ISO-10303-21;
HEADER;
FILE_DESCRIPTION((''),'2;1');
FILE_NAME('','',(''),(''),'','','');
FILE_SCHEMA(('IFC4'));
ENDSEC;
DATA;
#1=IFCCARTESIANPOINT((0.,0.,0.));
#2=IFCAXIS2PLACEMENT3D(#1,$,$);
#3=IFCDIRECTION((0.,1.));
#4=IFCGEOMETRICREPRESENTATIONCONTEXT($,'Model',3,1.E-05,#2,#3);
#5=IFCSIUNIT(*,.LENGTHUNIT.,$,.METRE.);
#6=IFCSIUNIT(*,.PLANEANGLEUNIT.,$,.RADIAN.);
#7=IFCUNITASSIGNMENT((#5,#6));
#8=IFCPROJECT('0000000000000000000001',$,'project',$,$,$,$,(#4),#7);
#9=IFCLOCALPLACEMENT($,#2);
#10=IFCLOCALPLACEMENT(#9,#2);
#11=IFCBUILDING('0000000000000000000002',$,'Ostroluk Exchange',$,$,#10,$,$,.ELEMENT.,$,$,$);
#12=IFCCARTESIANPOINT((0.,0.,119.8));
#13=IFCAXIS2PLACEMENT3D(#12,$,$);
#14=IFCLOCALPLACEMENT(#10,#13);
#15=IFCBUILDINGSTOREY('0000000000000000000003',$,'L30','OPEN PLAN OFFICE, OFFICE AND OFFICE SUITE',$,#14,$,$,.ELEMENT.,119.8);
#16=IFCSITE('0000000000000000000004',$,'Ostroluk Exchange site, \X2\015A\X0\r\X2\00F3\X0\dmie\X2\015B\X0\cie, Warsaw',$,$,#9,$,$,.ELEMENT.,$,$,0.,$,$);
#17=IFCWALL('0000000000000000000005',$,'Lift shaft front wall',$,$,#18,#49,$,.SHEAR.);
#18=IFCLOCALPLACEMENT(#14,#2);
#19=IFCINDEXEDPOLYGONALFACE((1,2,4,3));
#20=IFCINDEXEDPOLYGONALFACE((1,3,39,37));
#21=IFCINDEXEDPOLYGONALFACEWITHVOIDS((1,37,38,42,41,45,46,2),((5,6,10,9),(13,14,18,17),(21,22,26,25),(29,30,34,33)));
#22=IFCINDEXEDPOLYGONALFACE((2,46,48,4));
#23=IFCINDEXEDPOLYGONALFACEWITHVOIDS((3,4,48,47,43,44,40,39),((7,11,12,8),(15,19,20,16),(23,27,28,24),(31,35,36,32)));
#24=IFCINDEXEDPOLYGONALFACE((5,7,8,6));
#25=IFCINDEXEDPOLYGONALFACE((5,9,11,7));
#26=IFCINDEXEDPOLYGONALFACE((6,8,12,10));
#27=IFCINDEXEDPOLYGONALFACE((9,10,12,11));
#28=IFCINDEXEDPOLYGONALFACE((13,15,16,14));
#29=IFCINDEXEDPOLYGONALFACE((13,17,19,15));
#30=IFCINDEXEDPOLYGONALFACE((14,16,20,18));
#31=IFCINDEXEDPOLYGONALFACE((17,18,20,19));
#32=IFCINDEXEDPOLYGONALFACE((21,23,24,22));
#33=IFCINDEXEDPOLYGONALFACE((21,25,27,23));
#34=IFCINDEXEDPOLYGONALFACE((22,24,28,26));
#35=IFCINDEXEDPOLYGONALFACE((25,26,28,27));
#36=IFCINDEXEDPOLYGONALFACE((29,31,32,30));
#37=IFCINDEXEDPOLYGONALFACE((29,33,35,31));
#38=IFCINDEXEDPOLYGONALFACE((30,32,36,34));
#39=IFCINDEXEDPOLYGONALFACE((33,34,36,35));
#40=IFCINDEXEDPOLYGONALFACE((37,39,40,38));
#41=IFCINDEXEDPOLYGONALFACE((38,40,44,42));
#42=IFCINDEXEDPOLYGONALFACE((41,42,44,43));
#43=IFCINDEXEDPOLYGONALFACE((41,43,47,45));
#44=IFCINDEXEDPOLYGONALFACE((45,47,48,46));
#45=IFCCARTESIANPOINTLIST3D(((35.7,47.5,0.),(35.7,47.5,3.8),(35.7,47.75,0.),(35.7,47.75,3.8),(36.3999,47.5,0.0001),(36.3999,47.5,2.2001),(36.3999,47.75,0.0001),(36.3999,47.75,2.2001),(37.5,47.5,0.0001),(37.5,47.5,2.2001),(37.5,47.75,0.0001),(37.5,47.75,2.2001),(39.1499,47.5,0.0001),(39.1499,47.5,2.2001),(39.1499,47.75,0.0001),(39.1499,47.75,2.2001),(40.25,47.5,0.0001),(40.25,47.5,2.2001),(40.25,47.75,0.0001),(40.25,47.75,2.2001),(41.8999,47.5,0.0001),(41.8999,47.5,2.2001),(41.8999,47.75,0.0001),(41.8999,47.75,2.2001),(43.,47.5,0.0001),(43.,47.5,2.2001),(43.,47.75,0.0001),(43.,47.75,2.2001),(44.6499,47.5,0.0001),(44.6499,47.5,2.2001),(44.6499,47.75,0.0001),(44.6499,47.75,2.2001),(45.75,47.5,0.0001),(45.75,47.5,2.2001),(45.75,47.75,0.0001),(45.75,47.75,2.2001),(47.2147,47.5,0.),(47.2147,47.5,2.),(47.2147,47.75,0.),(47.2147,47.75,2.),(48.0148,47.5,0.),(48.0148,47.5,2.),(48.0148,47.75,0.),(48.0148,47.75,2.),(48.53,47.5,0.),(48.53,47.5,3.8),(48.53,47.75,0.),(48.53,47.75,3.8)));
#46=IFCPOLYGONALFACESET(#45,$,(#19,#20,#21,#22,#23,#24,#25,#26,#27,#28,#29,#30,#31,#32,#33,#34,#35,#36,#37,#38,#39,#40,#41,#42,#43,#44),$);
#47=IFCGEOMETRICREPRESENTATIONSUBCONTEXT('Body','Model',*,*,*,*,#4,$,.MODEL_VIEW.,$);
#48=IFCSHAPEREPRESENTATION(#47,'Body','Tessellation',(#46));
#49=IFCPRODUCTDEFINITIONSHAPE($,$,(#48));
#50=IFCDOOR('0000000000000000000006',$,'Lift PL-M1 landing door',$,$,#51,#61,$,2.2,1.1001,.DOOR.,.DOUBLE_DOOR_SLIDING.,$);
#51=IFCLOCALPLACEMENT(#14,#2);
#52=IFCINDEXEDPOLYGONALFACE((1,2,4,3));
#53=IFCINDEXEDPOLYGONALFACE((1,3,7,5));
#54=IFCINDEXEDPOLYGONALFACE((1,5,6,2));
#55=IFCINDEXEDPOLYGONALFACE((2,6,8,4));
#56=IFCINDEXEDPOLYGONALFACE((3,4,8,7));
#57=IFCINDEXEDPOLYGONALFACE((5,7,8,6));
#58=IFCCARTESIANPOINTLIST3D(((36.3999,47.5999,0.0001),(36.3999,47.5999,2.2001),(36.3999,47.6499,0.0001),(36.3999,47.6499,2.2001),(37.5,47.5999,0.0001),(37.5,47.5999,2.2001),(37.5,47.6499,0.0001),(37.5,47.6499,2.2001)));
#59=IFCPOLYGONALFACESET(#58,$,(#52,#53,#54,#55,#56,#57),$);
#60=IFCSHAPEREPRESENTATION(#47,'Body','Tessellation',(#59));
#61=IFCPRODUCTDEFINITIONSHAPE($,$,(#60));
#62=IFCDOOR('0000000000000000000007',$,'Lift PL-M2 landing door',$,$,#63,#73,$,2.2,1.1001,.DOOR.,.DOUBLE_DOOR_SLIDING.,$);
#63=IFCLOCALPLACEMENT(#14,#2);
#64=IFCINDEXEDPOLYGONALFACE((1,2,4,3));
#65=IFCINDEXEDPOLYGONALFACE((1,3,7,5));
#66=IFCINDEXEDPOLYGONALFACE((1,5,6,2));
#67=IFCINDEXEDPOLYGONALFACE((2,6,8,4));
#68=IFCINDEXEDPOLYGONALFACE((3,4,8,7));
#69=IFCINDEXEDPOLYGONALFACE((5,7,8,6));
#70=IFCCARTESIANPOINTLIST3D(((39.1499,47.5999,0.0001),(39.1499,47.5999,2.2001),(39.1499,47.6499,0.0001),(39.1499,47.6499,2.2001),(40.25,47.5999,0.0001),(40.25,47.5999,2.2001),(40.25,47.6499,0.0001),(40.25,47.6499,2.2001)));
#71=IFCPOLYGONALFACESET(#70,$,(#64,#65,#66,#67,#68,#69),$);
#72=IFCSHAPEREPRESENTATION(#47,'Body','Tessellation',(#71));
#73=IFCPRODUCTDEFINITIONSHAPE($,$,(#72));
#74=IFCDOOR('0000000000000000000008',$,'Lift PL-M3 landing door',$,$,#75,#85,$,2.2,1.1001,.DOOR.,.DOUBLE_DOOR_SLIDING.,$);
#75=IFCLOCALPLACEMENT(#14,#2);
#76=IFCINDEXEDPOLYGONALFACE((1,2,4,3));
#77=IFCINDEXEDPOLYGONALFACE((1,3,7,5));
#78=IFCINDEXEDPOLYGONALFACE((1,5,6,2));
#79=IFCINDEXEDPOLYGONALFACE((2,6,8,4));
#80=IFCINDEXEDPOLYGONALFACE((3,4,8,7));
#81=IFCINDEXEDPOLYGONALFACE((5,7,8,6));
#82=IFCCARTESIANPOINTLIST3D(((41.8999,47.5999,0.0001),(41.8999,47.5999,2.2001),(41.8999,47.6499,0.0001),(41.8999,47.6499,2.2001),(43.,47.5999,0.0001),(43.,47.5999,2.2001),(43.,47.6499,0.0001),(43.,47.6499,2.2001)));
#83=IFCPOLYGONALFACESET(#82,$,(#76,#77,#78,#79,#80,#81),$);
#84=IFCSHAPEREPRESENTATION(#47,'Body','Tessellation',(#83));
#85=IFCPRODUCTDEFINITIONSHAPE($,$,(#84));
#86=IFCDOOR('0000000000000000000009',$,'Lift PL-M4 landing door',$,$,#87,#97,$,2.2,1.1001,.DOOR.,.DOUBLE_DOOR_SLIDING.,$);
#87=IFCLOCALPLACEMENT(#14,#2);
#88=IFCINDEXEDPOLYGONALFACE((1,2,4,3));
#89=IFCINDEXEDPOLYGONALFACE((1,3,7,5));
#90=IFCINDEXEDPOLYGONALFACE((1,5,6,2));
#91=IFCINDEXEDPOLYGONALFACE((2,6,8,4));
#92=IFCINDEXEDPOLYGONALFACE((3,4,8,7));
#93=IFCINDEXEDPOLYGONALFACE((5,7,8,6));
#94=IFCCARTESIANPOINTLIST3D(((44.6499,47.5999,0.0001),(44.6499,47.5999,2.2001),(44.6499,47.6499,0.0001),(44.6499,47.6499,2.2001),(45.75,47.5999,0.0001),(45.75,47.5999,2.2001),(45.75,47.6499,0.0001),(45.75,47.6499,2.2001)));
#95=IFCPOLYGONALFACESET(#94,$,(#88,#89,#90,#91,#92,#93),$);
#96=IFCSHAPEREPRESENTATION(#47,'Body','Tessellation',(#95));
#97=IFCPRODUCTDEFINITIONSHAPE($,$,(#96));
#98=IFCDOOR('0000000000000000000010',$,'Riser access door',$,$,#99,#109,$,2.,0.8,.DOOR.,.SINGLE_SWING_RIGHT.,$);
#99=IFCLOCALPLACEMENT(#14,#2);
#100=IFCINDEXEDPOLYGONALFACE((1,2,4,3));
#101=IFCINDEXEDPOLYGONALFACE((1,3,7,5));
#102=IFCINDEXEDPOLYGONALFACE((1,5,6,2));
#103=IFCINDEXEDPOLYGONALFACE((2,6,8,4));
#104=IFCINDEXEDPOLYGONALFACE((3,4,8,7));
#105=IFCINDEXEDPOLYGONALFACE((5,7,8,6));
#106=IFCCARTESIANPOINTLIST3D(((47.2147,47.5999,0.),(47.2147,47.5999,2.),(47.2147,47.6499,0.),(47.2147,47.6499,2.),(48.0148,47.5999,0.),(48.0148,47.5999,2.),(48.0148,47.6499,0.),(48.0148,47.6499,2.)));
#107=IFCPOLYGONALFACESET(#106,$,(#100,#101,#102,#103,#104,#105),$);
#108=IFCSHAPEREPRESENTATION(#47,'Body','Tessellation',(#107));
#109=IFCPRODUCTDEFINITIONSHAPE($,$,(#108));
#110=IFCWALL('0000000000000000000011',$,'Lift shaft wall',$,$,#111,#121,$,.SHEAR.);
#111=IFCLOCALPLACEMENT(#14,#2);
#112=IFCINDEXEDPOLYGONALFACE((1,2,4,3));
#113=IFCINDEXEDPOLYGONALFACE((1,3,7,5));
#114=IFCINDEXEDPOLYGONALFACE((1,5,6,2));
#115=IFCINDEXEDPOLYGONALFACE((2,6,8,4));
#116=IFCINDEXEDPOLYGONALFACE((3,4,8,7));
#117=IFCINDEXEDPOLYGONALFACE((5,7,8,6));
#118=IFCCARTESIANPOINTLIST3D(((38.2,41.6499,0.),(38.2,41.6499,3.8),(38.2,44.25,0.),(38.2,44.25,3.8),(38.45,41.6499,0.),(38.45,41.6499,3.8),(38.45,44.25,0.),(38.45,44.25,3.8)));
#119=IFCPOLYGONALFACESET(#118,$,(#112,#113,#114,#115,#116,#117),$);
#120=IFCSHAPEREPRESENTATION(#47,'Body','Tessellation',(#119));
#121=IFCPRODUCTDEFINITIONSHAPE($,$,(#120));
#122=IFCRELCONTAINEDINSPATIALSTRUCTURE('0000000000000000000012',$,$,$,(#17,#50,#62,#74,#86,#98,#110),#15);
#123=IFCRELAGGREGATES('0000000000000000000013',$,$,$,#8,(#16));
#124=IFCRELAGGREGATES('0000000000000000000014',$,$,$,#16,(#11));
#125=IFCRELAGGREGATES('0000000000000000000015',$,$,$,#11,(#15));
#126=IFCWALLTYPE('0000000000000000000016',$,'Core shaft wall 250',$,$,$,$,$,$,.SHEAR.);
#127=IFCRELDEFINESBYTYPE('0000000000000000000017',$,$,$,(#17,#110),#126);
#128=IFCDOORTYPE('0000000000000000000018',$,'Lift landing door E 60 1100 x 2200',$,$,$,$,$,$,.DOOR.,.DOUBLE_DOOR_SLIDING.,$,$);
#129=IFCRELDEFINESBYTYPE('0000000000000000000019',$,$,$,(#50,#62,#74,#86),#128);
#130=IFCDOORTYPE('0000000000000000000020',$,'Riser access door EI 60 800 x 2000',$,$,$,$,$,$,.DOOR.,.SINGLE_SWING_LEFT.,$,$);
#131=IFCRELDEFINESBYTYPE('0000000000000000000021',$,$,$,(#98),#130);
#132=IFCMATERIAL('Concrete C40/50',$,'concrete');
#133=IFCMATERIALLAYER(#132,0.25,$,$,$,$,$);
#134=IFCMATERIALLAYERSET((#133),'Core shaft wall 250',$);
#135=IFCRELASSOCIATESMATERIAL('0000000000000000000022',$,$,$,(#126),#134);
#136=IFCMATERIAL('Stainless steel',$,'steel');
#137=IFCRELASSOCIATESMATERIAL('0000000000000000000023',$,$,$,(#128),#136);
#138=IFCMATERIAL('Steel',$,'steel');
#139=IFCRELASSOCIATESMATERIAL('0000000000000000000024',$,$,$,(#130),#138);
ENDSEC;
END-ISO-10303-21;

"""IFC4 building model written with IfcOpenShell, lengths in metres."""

from ifc_helpers import new_model, si_unit, direction, frame, frame_2d, origin, place, context, subcontext, project, spatial, rectangle, extrude, material, layer, layer_set, type_object, element, fill, save


model = new_model("IFC4")

# Units and contexts
model_context = context("Model", 3, precision=1e-05, world=origin(), true_north=direction((0.0, 1.0)))
body_context = subcontext(model_context, "Body", "Model", "MODEL_VIEW")
ifc_project = project(units=[si_unit("LENGTHUNIT", "METRE"), si_unit("PLANEANGLEUNIT", "RADIAN")], contexts=[model_context])

# Site, building, storey
site_placement = place(None, origin())
site = spatial("IfcSite", under=ifc_project, at=site_placement, Name="Ostroluk Exchange site, Śródmieście, Warsaw", CompositionType="ELEMENT", RefElevation=0.0)
building_placement = place(site_placement, origin())
building = spatial("IfcBuilding", under=site, at=building_placement, Name="Ostroluk Exchange", CompositionType="ELEMENT")
storey_placement = place(building_placement, frame((0.0, 0.0, 119.8)))
storey = spatial("IfcBuildingStorey", under=building, at=storey_placement, Name="L30", Description="OPEN PLAN OFFICE, OFFICE AND OFFICE SUITE", CompositionType="ELEMENT", Elevation=119.8)

# Shared definitions
ifc_material_1 = material(Name="Concrete C40/50", Category="concrete")
ifc_layer = layer(ifc_material_1, 0.25)
ifc_layer_set = layer_set([ifc_layer], Name="Core shaft wall 250")
wall_type = type_object("IfcWallType", Name="Core shaft wall 250", PredefinedType="SHEAR", material=ifc_layer_set)

# Wall, openings, doors
wall_1_placement = place(storey_placement, frame((35.7, 47.625, 0.0), z_axis=(0.0, 0.0, 1.0), x_axis=(1.0, 0.0, 0.0)))
wall_1 = element("IfcWall", 1, at=wall_1_placement, inside=storey, type_object=wall_type, Name="Lift shaft front wall", PredefinedType="SHEAR", context=body_context, shape_type="SweptSolid", body=[
    extrude(rectangle(XDim=12.8301, YDim=0.25, at=frame_2d((6.415, 0.0))), origin(), (0.0, 0.0, 1.0), 3.8),
])
opening_1_placement = place(wall_1_placement, frame((0.7, 0.0, 0.0)))
opening_1 = element("IfcOpeningElement", 2, at=opening_1_placement, cuts=wall_1, PredefinedType="OPENING", context=body_context, shape_type="SweptSolid", body=[
    extrude(rectangle(XDim=1.1001, YDim=2.2, at=frame_2d((0.55, 1.1001))), frame((0.0, 0.135, 0.0), z_axis=(0.0, -1.0, 0.0), x_axis=(1.0, 0.0, 0.0)), (0.0, 0.0, 1.0), 0.27),
])
opening_2_placement = place(wall_1_placement, frame((3.45, 0.0, 0.0)))
opening_2 = element("IfcOpeningElement", 3, at=opening_2_placement, cuts=wall_1, PredefinedType="OPENING", context=body_context, shape_type="SweptSolid", body=[
    extrude(rectangle(XDim=1.1001, YDim=2.2, at=frame_2d((0.55, 1.1001))), frame((0.0, 0.135, 0.0), z_axis=(0.0, -1.0, 0.0), x_axis=(1.0, 0.0, 0.0)), (0.0, 0.0, 1.0), 0.27),
])
opening_3_placement = place(wall_1_placement, frame((6.2, 0.0, 0.0)))
opening_3 = element("IfcOpeningElement", 4, at=opening_3_placement, cuts=wall_1, PredefinedType="OPENING", context=body_context, shape_type="SweptSolid", body=[
    extrude(rectangle(XDim=1.1001, YDim=2.2, at=frame_2d((0.55, 1.1001))), frame((0.0, 0.135, 0.0), z_axis=(0.0, -1.0, 0.0), x_axis=(1.0, 0.0, 0.0)), (0.0, 0.0, 1.0), 0.27),
])
opening_4_placement = place(wall_1_placement, frame((8.95, 0.0, 0.0)))
opening_4 = element("IfcOpeningElement", 5, at=opening_4_placement, cuts=wall_1, PredefinedType="OPENING", context=body_context, shape_type="SweptSolid", body=[
    extrude(rectangle(XDim=1.1001, YDim=2.2, at=frame_2d((0.55, 1.1001))), frame((0.0, 0.135, 0.0), z_axis=(0.0, -1.0, 0.0), x_axis=(1.0, 0.0, 0.0)), (0.0, 0.0, 1.0), 0.27),
])
opening_5_placement = place(wall_1_placement, frame((11.5149, 0.0, 0.0)))
opening_5 = element("IfcOpeningElement", 6, at=opening_5_placement, cuts=wall_1, PredefinedType="OPENING", context=body_context, shape_type="SweptSolid", body=[
    extrude(rectangle(XDim=0.8, YDim=2.0, at=frame_2d((0.3999, 1.0))), frame((0.0, 0.135, 0.0), z_axis=(0.0, -1.0, 0.0), x_axis=(1.0, 0.0, 0.0)), (0.0, 0.0, 1.0), 0.27),
])
ifc_material_2 = material(Name="Stainless steel", Category="steel")
door_type_1 = type_object("IfcDoorType", Name="Lift landing door E 60 1100 x 2200", OperationType="DOUBLE_DOOR_SLIDING", PredefinedType="DOOR", material=ifc_material_2)
door_1_placement = place(opening_1_placement, origin())
door_1 = element("IfcDoor", 7, at=door_1_placement, inside=storey, type_object=door_type_1, Name="Lift PL-M1 landing door", OperationType="DOUBLE_DOOR_SLIDING", OverallHeight=2.2, OverallWidth=1.1001, PredefinedType="DOOR", context=body_context, shape_type="SweptSolid", body=[
    extrude(rectangle(XDim=1.1001, YDim=2.2, at=frame_2d((0.55, 1.1001))), frame((0.0, 0.0249, 0.0), z_axis=(0.0, -1.0, 0.0), x_axis=(1.0, 0.0, 0.0)), (0.0, 0.0, 1.0), 0.05),
])
fill(opening_1, door_1)
door_2_placement = place(opening_2_placement, origin())
door_2 = element("IfcDoor", 8, at=door_2_placement, inside=storey, type_object=door_type_1, Name="Lift PL-M2 landing door", OperationType="DOUBLE_DOOR_SLIDING", OverallHeight=2.2, OverallWidth=1.1001, PredefinedType="DOOR", context=body_context, shape_type="SweptSolid", body=[
    extrude(rectangle(XDim=1.1001, YDim=2.2, at=frame_2d((0.55, 1.1001))), frame((0.0, 0.0249, 0.0), z_axis=(0.0, -1.0, 0.0), x_axis=(1.0, 0.0, 0.0)), (0.0, 0.0, 1.0), 0.05),
])
fill(opening_2, door_2)
door_3_placement = place(opening_3_placement, origin())
door_3 = element("IfcDoor", 9, at=door_3_placement, inside=storey, type_object=door_type_1, Name="Lift PL-M3 landing door", OperationType="DOUBLE_DOOR_SLIDING", OverallHeight=2.2, OverallWidth=1.1001, PredefinedType="DOOR", context=body_context, shape_type="SweptSolid", body=[
    extrude(rectangle(XDim=1.1001, YDim=2.2, at=frame_2d((0.55, 1.1001))), frame((0.0, 0.0249, 0.0), z_axis=(0.0, -1.0, 0.0), x_axis=(1.0, 0.0, 0.0)), (0.0, 0.0, 1.0), 0.05),
])
fill(opening_3, door_3)
door_4_placement = place(opening_4_placement, origin())
door_4 = element("IfcDoor", 10, at=door_4_placement, inside=storey, type_object=door_type_1, Name="Lift PL-M4 landing door", OperationType="DOUBLE_DOOR_SLIDING", OverallHeight=2.2, OverallWidth=1.1001, PredefinedType="DOOR", context=body_context, shape_type="SweptSolid", body=[
    extrude(rectangle(XDim=1.1001, YDim=2.2, at=frame_2d((0.55, 1.1001))), frame((0.0, 0.0249, 0.0), z_axis=(0.0, -1.0, 0.0), x_axis=(1.0, 0.0, 0.0)), (0.0, 0.0, 1.0), 0.05),
])
fill(opening_4, door_4)
ifc_material_3 = material(Name="Steel", Category="steel")
door_type_2 = type_object("IfcDoorType", Name="Riser access door EI 60 800 x 2000", OperationType="SINGLE_SWING_LEFT", PredefinedType="DOOR", material=ifc_material_3)
door_5_placement = place(opening_5_placement, origin())
door_5 = element("IfcDoor", 11, at=door_5_placement, inside=storey, type_object=door_type_2, Name="Riser access door", OperationType="SINGLE_SWING_RIGHT", OverallHeight=2.0, OverallWidth=0.8, PredefinedType="DOOR", context=body_context, shape_type="SweptSolid", body=[
    extrude(rectangle(XDim=0.8, YDim=2.0, at=frame_2d((0.3999, 1.0))), frame((0.0, 0.0249, 0.0), z_axis=(0.0, -1.0, 0.0), x_axis=(1.0, 0.0, 0.0)), (0.0, 0.0, 1.0), 0.05),
])
fill(opening_5, door_5)

# Wall
wall_2_placement = place(storey_placement, frame((38.325, 44.25, 0.0), z_axis=(0.0, 0.0, 1.0), x_axis=(0.0, -1.0, 0.0)))
element("IfcWall", 12, at=wall_2_placement, inside=storey, type_object=wall_type, Name="Lift shaft wall", PredefinedType="SHEAR", context=body_context, shape_type="SweptSolid", body=[
    extrude(rectangle(XDim=2.6001, YDim=0.25, at=frame_2d((1.3, 0.0))), origin(), (0.0, 0.0, 1.0), 3.8),
])

save(model, "model.ifc")
